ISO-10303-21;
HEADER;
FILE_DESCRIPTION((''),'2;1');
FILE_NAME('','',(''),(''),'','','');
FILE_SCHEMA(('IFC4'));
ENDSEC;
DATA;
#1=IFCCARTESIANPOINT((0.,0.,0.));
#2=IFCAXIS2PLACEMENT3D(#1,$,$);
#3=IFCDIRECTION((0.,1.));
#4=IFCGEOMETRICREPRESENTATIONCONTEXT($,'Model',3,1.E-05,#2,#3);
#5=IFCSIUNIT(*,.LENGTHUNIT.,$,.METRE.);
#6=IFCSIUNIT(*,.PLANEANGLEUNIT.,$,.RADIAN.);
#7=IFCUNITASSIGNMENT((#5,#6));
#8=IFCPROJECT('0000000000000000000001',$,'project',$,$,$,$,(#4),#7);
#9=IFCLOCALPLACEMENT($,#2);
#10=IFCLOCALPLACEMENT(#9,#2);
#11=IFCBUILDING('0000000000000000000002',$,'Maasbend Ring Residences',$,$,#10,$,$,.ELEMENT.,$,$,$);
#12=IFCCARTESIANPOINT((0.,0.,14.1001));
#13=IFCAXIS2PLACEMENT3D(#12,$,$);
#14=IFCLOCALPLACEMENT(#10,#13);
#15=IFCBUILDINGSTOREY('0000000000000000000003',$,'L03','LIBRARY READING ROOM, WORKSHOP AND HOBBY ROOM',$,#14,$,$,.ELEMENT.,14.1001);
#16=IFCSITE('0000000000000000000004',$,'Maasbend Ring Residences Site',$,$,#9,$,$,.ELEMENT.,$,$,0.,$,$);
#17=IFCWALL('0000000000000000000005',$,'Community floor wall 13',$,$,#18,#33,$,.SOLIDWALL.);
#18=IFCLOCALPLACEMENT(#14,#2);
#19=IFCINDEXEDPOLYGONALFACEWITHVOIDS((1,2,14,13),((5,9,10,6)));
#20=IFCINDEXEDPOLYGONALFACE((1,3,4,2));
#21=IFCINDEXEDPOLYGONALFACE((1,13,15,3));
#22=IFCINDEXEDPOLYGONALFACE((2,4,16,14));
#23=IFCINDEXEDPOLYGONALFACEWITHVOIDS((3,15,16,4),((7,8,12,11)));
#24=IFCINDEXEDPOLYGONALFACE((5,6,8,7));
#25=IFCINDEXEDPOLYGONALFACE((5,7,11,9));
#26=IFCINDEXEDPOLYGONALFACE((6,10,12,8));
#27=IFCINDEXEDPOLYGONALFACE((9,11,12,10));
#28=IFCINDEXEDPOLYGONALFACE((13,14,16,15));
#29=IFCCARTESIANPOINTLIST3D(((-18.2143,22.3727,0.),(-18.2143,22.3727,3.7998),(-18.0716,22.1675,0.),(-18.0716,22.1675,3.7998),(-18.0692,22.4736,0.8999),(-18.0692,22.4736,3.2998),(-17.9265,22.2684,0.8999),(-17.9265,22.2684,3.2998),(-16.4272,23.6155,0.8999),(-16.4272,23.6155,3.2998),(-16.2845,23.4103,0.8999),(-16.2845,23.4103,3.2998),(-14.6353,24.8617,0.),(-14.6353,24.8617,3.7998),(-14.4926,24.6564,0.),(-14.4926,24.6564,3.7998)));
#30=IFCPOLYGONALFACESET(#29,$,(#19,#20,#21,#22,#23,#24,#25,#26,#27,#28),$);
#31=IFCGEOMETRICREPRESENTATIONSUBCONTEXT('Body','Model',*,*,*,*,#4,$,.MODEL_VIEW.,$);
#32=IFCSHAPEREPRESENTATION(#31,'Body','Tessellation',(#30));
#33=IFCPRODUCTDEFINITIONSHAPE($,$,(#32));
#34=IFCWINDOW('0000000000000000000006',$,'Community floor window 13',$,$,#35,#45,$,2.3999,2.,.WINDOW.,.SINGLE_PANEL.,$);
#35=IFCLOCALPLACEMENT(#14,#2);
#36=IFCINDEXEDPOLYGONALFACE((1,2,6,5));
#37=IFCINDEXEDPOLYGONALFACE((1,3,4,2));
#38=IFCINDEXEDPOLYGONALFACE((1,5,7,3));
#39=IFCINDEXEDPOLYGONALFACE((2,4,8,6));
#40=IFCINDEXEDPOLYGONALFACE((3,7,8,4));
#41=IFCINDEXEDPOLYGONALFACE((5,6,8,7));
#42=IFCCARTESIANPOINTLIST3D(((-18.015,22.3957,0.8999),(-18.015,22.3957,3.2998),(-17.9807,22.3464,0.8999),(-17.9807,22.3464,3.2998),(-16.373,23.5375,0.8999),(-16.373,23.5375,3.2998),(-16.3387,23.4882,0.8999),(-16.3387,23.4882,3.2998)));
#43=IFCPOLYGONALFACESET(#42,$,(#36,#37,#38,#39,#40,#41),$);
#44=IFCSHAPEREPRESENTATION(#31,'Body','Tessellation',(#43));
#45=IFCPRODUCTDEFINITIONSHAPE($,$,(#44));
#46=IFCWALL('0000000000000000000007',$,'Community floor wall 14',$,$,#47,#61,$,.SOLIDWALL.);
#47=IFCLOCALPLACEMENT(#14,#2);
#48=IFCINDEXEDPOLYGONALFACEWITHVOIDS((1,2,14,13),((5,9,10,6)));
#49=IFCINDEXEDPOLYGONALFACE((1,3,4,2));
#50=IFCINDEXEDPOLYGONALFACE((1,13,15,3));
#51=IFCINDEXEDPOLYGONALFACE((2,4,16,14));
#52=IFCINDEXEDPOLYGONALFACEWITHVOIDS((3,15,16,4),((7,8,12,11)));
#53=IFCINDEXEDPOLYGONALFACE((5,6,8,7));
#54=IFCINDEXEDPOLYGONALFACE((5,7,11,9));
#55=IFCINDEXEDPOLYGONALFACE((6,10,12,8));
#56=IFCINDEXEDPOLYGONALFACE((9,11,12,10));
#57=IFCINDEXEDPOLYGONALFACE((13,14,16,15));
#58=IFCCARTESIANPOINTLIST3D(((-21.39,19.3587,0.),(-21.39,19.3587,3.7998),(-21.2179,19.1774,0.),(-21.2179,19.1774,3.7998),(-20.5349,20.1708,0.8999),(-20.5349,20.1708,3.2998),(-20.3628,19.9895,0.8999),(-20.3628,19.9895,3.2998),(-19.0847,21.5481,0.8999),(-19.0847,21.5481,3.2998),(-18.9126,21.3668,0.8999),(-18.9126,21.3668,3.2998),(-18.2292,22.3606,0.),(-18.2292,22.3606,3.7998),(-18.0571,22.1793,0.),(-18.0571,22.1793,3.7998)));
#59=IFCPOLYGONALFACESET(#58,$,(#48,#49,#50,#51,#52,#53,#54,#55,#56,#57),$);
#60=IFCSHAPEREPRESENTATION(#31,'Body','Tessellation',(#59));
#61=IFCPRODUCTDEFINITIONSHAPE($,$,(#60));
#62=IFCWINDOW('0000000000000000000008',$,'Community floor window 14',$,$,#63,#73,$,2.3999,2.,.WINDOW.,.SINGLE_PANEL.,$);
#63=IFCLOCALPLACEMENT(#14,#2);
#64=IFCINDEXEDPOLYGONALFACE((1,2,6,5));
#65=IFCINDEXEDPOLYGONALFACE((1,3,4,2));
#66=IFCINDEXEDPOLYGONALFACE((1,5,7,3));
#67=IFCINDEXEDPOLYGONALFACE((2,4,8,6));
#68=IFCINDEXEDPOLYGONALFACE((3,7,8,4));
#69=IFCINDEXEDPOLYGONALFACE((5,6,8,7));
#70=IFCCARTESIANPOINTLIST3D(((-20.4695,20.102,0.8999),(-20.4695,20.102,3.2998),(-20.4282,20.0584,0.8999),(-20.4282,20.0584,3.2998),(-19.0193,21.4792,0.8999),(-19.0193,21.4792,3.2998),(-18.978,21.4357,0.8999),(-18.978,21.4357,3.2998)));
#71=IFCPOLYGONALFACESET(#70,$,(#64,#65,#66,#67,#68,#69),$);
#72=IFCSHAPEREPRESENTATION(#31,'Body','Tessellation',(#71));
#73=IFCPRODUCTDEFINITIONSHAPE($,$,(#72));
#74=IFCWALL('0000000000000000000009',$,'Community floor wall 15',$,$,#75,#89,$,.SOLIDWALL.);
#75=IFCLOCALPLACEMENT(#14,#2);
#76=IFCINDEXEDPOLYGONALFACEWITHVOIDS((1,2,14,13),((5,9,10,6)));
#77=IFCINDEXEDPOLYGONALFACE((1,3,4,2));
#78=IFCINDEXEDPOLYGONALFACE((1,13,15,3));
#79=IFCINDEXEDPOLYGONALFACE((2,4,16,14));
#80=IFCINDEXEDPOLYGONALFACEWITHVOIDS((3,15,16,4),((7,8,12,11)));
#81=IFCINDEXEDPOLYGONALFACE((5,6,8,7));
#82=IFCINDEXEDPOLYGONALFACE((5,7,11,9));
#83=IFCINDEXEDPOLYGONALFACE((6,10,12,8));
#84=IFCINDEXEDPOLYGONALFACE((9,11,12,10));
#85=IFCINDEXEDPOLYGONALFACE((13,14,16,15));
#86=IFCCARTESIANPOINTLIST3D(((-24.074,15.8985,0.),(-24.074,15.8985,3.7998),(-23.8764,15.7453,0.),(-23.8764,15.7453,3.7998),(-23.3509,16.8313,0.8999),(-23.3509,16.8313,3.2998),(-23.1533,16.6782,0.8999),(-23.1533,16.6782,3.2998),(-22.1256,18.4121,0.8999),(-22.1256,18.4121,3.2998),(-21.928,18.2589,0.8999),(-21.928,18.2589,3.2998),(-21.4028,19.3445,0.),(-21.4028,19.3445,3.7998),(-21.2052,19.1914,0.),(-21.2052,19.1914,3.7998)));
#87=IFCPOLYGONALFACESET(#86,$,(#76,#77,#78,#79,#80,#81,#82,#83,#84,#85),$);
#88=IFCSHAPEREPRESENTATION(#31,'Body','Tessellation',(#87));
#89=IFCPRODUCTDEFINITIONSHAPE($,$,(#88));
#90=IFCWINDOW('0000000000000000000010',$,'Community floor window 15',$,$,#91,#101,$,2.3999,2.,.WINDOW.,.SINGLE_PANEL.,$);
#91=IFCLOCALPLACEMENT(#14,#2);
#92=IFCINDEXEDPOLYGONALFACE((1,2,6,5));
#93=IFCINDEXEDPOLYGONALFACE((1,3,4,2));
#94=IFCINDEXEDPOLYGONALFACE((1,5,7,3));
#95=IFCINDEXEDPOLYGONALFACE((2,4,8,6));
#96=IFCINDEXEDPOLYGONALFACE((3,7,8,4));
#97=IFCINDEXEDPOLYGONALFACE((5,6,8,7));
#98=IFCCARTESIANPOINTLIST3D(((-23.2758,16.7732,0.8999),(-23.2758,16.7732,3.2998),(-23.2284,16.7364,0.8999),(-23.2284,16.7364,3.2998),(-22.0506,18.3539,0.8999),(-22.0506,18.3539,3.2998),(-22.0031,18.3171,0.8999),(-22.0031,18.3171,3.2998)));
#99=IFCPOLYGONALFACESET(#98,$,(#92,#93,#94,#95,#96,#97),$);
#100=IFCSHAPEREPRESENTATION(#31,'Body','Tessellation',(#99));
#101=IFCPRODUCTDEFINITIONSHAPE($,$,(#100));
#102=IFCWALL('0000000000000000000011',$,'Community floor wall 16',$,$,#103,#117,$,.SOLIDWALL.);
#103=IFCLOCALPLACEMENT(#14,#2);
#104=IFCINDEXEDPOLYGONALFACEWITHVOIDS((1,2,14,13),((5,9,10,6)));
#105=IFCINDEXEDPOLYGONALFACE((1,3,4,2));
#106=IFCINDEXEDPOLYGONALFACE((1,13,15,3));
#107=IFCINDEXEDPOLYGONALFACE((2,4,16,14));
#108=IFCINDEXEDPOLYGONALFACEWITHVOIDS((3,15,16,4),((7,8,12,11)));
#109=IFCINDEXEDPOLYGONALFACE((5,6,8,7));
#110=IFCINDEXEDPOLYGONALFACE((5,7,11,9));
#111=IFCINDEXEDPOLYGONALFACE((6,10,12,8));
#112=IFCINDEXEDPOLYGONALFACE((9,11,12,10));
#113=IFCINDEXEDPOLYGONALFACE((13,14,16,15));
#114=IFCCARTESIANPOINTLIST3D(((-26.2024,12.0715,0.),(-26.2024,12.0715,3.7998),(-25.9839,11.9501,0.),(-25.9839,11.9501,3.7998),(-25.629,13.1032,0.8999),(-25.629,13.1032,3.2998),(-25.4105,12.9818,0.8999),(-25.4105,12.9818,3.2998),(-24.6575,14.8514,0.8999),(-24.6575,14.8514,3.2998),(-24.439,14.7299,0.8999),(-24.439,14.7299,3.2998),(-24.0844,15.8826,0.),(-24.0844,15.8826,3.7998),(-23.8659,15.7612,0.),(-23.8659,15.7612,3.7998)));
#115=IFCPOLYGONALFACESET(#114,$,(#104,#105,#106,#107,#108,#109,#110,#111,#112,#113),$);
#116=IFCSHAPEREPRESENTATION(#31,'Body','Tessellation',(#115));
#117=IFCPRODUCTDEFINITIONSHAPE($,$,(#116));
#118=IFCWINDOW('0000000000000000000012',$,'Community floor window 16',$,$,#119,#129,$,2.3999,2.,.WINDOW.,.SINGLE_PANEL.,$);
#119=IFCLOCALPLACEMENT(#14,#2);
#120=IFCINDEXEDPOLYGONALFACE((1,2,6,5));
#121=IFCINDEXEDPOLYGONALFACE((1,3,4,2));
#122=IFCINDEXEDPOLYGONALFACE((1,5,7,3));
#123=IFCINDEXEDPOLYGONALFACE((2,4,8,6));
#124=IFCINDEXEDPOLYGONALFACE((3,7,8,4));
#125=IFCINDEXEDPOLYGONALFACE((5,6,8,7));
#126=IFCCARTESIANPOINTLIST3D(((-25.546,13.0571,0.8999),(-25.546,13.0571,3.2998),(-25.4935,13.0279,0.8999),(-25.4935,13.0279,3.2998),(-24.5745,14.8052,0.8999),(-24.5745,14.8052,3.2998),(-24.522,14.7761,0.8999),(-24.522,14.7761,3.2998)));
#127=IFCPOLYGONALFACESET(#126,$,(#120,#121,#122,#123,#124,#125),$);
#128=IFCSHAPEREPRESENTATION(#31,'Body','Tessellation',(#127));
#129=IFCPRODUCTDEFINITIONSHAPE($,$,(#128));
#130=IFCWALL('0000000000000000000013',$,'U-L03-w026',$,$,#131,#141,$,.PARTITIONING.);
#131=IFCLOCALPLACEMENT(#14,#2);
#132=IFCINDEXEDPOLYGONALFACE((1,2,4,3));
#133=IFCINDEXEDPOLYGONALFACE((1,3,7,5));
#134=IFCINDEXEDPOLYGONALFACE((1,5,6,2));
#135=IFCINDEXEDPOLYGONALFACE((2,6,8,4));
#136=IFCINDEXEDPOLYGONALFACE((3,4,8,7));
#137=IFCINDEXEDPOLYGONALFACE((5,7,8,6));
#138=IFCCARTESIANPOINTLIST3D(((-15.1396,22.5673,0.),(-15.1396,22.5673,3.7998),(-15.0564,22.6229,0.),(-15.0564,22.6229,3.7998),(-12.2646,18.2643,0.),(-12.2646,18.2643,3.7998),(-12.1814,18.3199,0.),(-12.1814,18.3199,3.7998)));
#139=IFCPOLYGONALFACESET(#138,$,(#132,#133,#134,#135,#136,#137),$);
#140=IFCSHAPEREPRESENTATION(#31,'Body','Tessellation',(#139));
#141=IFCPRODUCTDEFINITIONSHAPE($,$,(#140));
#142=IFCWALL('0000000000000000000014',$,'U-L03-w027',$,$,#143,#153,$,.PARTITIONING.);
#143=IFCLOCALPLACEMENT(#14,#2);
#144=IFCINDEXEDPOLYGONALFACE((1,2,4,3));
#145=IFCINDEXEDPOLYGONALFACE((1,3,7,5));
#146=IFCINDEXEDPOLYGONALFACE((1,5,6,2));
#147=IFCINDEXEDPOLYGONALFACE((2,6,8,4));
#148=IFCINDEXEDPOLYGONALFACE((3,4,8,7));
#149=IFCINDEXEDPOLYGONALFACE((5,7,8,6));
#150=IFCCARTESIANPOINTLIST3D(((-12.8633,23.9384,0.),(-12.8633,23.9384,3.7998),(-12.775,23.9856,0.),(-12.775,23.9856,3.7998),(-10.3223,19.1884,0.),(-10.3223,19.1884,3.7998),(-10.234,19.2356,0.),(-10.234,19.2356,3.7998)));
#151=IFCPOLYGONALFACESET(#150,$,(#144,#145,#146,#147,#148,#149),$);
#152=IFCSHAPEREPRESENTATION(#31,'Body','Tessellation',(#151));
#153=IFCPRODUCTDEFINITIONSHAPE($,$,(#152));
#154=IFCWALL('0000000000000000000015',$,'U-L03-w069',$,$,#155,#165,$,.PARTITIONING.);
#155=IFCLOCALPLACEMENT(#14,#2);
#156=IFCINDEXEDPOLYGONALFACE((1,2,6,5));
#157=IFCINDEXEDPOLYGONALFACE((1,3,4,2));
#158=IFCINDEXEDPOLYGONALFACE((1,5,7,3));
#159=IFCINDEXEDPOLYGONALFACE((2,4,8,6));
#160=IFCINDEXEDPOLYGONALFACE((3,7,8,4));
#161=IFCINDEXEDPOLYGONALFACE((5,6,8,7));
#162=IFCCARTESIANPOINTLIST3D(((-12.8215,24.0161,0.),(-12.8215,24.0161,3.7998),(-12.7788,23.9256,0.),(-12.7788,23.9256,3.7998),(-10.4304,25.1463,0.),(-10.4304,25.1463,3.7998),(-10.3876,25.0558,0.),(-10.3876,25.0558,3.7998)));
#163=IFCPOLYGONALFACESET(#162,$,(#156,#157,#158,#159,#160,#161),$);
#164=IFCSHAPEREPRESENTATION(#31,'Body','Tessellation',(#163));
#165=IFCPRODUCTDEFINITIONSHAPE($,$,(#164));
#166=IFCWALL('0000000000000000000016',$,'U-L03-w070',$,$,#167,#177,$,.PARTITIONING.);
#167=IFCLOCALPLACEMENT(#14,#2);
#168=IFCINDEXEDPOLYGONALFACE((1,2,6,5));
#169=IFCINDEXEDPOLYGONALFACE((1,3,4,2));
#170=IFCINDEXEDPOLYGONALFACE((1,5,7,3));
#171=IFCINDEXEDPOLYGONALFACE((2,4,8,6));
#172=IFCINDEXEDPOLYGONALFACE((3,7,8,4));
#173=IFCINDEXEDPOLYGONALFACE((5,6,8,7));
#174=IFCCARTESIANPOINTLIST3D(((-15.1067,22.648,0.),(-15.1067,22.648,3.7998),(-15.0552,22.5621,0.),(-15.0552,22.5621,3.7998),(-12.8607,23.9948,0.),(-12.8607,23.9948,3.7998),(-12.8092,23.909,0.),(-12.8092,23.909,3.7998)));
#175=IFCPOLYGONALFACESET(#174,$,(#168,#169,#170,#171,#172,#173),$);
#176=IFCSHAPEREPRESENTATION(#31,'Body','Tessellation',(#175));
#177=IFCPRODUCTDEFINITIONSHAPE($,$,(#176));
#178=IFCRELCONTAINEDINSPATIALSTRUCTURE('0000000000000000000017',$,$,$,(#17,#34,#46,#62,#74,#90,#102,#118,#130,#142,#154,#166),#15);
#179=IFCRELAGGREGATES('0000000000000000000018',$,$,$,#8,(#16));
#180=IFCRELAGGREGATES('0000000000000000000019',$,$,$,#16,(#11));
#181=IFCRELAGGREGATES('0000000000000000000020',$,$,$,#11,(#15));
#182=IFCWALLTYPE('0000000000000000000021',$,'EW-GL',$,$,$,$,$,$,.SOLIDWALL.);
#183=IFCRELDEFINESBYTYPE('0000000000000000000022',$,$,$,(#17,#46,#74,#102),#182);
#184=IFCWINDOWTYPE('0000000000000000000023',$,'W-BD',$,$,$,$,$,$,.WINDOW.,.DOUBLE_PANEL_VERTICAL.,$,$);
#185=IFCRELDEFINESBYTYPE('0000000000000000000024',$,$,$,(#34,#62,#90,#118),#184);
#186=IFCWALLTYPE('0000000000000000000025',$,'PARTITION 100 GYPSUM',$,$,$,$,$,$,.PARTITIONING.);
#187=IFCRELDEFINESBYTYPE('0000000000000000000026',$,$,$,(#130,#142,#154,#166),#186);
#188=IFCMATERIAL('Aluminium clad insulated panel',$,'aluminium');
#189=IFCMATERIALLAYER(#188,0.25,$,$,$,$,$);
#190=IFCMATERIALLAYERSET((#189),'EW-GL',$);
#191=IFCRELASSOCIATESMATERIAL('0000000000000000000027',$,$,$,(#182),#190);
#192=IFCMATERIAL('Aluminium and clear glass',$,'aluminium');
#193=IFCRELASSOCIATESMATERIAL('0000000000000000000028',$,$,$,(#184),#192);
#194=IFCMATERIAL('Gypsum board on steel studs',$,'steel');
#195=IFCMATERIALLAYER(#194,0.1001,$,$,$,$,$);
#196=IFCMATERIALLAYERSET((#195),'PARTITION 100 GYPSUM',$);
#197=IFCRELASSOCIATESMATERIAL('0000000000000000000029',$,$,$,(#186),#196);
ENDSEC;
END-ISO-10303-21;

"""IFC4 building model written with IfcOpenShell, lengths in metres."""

from ifc_helpers import new_model, si_unit, direction, frame, frame_2d, origin, place, context, subcontext, project, spatial, rectangle, extrude, material, layer, layer_set, type_object, element, fill, save


model = new_model("IFC4")

# Units and contexts
model_context = context("Model", 3, precision=1e-05, world=origin(), true_north=direction((0.0, 1.0)))
body_context = subcontext(model_context, "Body", "Model", "MODEL_VIEW")
ifc_project = project(units=[si_unit("LENGTHUNIT", "METRE"), si_unit("PLANEANGLEUNIT", "RADIAN")], contexts=[model_context])

# Site, building, storey
site_placement = place(None, origin())
site = spatial("IfcSite", under=ifc_project, at=site_placement, Name="Maasbend Ring Residences Site", CompositionType="ELEMENT", RefElevation=0.0)
building_placement = place(site_placement, origin())
building = spatial("IfcBuilding", under=site, at=building_placement, Name="Maasbend Ring Residences", CompositionType="ELEMENT")
storey_placement = place(building_placement, frame((0.0, 0.0, 14.1001)))
storey = spatial("IfcBuildingStorey", under=building, at=storey_placement, Name="L03", Description="LIBRARY READING ROOM, WORKSHOP AND HOBBY ROOM", CompositionType="ELEMENT", Elevation=14.1001)

# Walls, openings, windows
ifc_material_1 = material(Name="Aluminium clad insulated panel", Category="aluminium")
ifc_layer_1 = layer(ifc_material_1, 0.25)
ifc_layer_set_1 = layer_set([ifc_layer_1], Name="EW-GL")
wall_type_1 = type_object("IfcWallType", Name="EW-GL", PredefinedType="SOLIDWALL", material=ifc_layer_set_1)
wall_1_placement = place(storey_placement, frame((-14.564, 24.759, 0.0), z_axis=(0.0, 0.0, 1.0), x_axis=(-0.820991, -0.570941, 0.0)))
wall_1 = element("IfcWall", 1, at=wall_1_placement, inside=storey, type_object=wall_type_1, Name="Community floor wall 13", PredefinedType="SOLIDWALL", context=body_context, shape_type="SweptSolid", body=[
    extrude(rectangle(XDim=4.3594, YDim=0.25, at=frame_2d((2.1797, 0.0))), origin(), (0.0, 0.0, 1.0), 3.7998),
])
opening_1_placement = place(wall_1_placement, frame((2.1826, 0.0, 0.8999)))
opening_1 = element("IfcOpeningElement", 2, at=opening_1_placement, cuts=wall_1, PredefinedType="OPENING", context=body_context, shape_type="SweptSolid", body=[
    extrude(rectangle(XDim=2.0, YDim=2.3999, at=frame_2d((1.0, 1.2))), frame((0.0, 0.135, 0.0), z_axis=(0.0, -1.0, 0.0), x_axis=(1.0, 0.0, 0.0)), (0.0, 0.0, 1.0), 0.27),
])
ifc_material_2 = material(Name="Aluminium and clear glass", Category="aluminium")
window_type = type_object("IfcWindowType", Name="W-BD", PartitioningType="DOUBLE_PANEL_VERTICAL", PredefinedType="WINDOW", material=ifc_material_2)
window_1_placement = place(opening_1_placement, origin())
window_1 = element("IfcWindow", 3, at=window_1_placement, inside=storey, type_object=window_type, Name="Community floor window 13", OverallHeight=2.3999, OverallWidth=2.0, PartitioningType="SINGLE_PANEL", PredefinedType="WINDOW", context=body_context, shape_type="SweptSolid", body=[
    extrude(rectangle(XDim=2.0, YDim=2.3999, at=frame_2d((1.0, 1.2))), frame((0.0, 0.03, 0.0), z_axis=(0.0, -1.0, 0.0), x_axis=(1.0, 0.0, 0.0)), (0.0, 0.0, 1.0), 0.0601),
])
fill(opening_1, window_1)
wall_2_placement = place(storey_placement, frame((-18.1431, 22.27, 0.0), z_axis=(0.0, 0.0, 1.0), x_axis=(-0.725102, -0.688642, 0.0)))
wall_2 = element("IfcWall", 4, at=wall_2_placement, inside=storey, type_object=wall_type_1, Name="Community floor wall 14", PredefinedType="SOLIDWALL", context=body_context, shape_type="SweptSolid", body=[
    extrude(rectangle(XDim=4.3591, YDim=0.25, at=frame_2d((2.1797, 0.0))), origin(), (0.0, 0.0, 1.0), 3.7998),
])
opening_2_placement = place(wall_2_placement, frame((1.1799, 0.0, 0.8999)))
opening_2 = element("IfcOpeningElement", 5, at=opening_2_placement, cuts=wall_2, PredefinedType="OPENING", context=body_context, shape_type="SweptSolid", body=[
    extrude(rectangle(XDim=2.0, YDim=2.3999, at=frame_2d((1.0, 1.2))), frame((0.0, 0.135, 0.0), z_axis=(0.0, -1.0, 0.0), x_axis=(1.0, 0.0, 0.0)), (0.0, 0.0, 1.0), 0.27),
])
window_2_placement = place(opening_2_placement, origin())
window_2 = element("IfcWindow", 6, at=window_2_placement, inside=storey, type_object=window_type, Name="Community floor window 14", OverallHeight=2.3999, OverallWidth=2.0, PartitioningType="SINGLE_PANEL", PredefinedType="WINDOW", context=body_context, shape_type="SweptSolid", body=[
    extrude(rectangle(XDim=2.0, YDim=2.3999, at=frame_2d((1.0, 1.2))), frame((0.0, 0.03, 0.0), z_axis=(0.0, -1.0, 0.0), x_axis=(1.0, 0.0, 0.0)), (0.0, 0.0, 1.0), 0.0601),
])
fill(opening_2, window_2)
wall_3_placement = place(storey_placement, frame((-21.304, 19.2681, 0.0), z_axis=(0.0, 0.0, 1.0), x_axis=(-0.612637, -0.790364, 0.0)))
wall_3 = element("IfcWall", 7, at=wall_3_placement, inside=storey, type_object=wall_type_1, Name="Community floor wall 15", PredefinedType="SOLIDWALL", context=body_context, shape_type="SweptSolid", body=[
    extrude(rectangle(XDim=4.3601, YDim=0.25, at=frame_2d((2.1802, 0.0))), origin(), (0.0, 0.0, 1.0), 3.7998),
])
opening_3_placement = place(wall_3_placement, frame((1.1799, 0.0, 0.8999)))
opening_3 = element("IfcOpeningElement", 8, at=opening_3_placement, cuts=wall_3, PredefinedType="OPENING", context=body_context, shape_type="SweptSolid", body=[
    extrude(rectangle(XDim=2.0, YDim=2.3999, at=frame_2d((1.0, 1.2))), frame((0.0, 0.135, 0.0), z_axis=(0.0, -1.0, 0.0), x_axis=(1.0, 0.0, 0.0)), (0.0, 0.0, 1.0), 0.27),
])
window_3_placement = place(opening_3_placement, origin())
window_3 = element("IfcWindow", 9, at=window_3_placement, inside=storey, type_object=window_type, Name="Community floor window 15", OverallHeight=2.3999, OverallWidth=2.0, PartitioningType="SINGLE_PANEL", PredefinedType="WINDOW", context=body_context, shape_type="SweptSolid", body=[
    extrude(rectangle(XDim=2.0, YDim=2.3999, at=frame_2d((1.0, 1.2))), frame((0.0, 0.03, 0.0), z_axis=(0.0, -1.0, 0.0), x_axis=(1.0, 0.0, 0.0)), (0.0, 0.0, 1.0), 0.0601),
])
fill(opening_3, window_3)
wall_4_placement = place(storey_placement, frame((-23.9751, 15.822, 0.0), z_axis=(0.0, 0.0, 1.0), x_axis=(-0.485762, -0.874091, 0.0)))
wall_4 = element("IfcWall", 10, at=wall_4_placement, inside=storey, type_object=wall_type_1, Name="Community floor wall 16", PredefinedType="SOLIDWALL", context=body_context, shape_type="SweptSolid", body=[
    extrude(rectangle(XDim=4.3601, YDim=0.25, at=frame_2d((2.1802, 0.0))), origin(), (0.0, 0.0, 1.0), 3.7998),
])
opening_4_placement = place(wall_4_placement, frame((1.1799, 0.0, 0.8999)))
opening_4 = element("IfcOpeningElement", 11, at=opening_4_placement, cuts=wall_4, PredefinedType="OPENING", context=body_context, shape_type="SweptSolid", body=[
    extrude(rectangle(XDim=2.0, YDim=2.3999, at=frame_2d((1.0, 1.2))), frame((0.0, 0.135, 0.0), z_axis=(0.0, -1.0, 0.0), x_axis=(1.0, 0.0, 0.0)), (0.0, 0.0, 1.0), 0.27),
])
window_4_placement = place(opening_4_placement, origin())
window_4 = element("IfcWindow", 12, at=window_4_placement, inside=storey, type_object=window_type, Name="Community floor window 16", OverallHeight=2.3999, OverallWidth=2.0, PartitioningType="SINGLE_PANEL", PredefinedType="WINDOW", context=body_context, shape_type="SweptSolid", body=[
    extrude(rectangle(XDim=2.0, YDim=2.3999, at=frame_2d((1.0, 1.2))), frame((0.0, 0.03, 0.0), z_axis=(0.0, -1.0, 0.0), x_axis=(1.0, 0.0, 0.0)), (0.0, 0.0, 1.0), 0.0601),
])
fill(opening_4, window_4)

# Walls
ifc_material_3 = material(Name="Gypsum board on steel studs", Category="steel")
ifc_layer_2 = layer(ifc_material_3, 0.1001)
ifc_layer_set_2 = layer_set([ifc_layer_2], Name="PARTITION 100 GYPSUM")
wall_type_2 = type_object("IfcWallType", Name="PARTITION 100 GYPSUM", PredefinedType="PARTITIONING", material=ifc_layer_set_2)
wall_5_placement = place(storey_placement, frame((-15.0979, 22.595, 0.0), z_axis=(0.0, 0.0, 1.0), x_axis=(0.555549, -0.831484, 0.0)))
element("IfcWall", 13, at=wall_5_placement, inside=storey, type_object=wall_type_2, Name="U-L03-w026", PredefinedType="PARTITIONING", context=body_context, shape_type="SweptSolid", body=[
    extrude(rectangle(XDim=5.175, YDim=0.1001, at=frame_2d((2.5874, 0.0))), origin(), (0.0, 0.0, 1.0), 3.7998),
])
wall_6_placement = place(storey_placement, frame((-12.8191, 23.9619, 0.0), z_axis=(0.0, 0.0, 1.0), x_axis=(0.471698, -0.88176, 0.0)))
element("IfcWall", 14, at=wall_6_placement, inside=storey, type_object=wall_type_2, Name="U-L03-w027", PredefinedType="PARTITIONING", context=body_context, shape_type="SweptSolid", body=[
    extrude(rectangle(XDim=5.387, YDim=0.1001, at=frame_2d((2.6934, 0.0))), origin(), (0.0, 0.0, 1.0), 3.7998),
])
wall_7_placement = place(storey_placement, frame((-12.8, 23.9709, 0.0), z_axis=(0.0, 0.0, 1.0), x_axis=(0.904104, 0.427312, 0.0)))
element("IfcWall", 15, at=wall_7_placement, inside=storey, type_object=wall_type_2, Name="U-L03-w069", PredefinedType="PARTITIONING", context=body_context, shape_type="SweptSolid", body=[
    extrude(rectangle(XDim=2.6448, YDim=0.1001, at=frame_2d((1.3223, 0.0))), origin(), (0.0, 0.0, 1.0), 3.7998),
])
wall_8_placement = place(storey_placement, frame((-15.0811, 22.605, 0.0), z_axis=(0.0, 0.0, 1.0), x_axis=(0.857616, 0.51429, 0.0)))
element("IfcWall", 16, at=wall_8_placement, inside=storey, type_object=wall_type_2, Name="U-L03-w070", PredefinedType="PARTITIONING", context=body_context, shape_type="SweptSolid", body=[
    extrude(rectangle(XDim=2.6189, YDim=0.1001, at=frame_2d((1.3096, 0.0))), origin(), (0.0, 0.0, 1.0), 3.7998),
])

save(model, "model.ifc")
